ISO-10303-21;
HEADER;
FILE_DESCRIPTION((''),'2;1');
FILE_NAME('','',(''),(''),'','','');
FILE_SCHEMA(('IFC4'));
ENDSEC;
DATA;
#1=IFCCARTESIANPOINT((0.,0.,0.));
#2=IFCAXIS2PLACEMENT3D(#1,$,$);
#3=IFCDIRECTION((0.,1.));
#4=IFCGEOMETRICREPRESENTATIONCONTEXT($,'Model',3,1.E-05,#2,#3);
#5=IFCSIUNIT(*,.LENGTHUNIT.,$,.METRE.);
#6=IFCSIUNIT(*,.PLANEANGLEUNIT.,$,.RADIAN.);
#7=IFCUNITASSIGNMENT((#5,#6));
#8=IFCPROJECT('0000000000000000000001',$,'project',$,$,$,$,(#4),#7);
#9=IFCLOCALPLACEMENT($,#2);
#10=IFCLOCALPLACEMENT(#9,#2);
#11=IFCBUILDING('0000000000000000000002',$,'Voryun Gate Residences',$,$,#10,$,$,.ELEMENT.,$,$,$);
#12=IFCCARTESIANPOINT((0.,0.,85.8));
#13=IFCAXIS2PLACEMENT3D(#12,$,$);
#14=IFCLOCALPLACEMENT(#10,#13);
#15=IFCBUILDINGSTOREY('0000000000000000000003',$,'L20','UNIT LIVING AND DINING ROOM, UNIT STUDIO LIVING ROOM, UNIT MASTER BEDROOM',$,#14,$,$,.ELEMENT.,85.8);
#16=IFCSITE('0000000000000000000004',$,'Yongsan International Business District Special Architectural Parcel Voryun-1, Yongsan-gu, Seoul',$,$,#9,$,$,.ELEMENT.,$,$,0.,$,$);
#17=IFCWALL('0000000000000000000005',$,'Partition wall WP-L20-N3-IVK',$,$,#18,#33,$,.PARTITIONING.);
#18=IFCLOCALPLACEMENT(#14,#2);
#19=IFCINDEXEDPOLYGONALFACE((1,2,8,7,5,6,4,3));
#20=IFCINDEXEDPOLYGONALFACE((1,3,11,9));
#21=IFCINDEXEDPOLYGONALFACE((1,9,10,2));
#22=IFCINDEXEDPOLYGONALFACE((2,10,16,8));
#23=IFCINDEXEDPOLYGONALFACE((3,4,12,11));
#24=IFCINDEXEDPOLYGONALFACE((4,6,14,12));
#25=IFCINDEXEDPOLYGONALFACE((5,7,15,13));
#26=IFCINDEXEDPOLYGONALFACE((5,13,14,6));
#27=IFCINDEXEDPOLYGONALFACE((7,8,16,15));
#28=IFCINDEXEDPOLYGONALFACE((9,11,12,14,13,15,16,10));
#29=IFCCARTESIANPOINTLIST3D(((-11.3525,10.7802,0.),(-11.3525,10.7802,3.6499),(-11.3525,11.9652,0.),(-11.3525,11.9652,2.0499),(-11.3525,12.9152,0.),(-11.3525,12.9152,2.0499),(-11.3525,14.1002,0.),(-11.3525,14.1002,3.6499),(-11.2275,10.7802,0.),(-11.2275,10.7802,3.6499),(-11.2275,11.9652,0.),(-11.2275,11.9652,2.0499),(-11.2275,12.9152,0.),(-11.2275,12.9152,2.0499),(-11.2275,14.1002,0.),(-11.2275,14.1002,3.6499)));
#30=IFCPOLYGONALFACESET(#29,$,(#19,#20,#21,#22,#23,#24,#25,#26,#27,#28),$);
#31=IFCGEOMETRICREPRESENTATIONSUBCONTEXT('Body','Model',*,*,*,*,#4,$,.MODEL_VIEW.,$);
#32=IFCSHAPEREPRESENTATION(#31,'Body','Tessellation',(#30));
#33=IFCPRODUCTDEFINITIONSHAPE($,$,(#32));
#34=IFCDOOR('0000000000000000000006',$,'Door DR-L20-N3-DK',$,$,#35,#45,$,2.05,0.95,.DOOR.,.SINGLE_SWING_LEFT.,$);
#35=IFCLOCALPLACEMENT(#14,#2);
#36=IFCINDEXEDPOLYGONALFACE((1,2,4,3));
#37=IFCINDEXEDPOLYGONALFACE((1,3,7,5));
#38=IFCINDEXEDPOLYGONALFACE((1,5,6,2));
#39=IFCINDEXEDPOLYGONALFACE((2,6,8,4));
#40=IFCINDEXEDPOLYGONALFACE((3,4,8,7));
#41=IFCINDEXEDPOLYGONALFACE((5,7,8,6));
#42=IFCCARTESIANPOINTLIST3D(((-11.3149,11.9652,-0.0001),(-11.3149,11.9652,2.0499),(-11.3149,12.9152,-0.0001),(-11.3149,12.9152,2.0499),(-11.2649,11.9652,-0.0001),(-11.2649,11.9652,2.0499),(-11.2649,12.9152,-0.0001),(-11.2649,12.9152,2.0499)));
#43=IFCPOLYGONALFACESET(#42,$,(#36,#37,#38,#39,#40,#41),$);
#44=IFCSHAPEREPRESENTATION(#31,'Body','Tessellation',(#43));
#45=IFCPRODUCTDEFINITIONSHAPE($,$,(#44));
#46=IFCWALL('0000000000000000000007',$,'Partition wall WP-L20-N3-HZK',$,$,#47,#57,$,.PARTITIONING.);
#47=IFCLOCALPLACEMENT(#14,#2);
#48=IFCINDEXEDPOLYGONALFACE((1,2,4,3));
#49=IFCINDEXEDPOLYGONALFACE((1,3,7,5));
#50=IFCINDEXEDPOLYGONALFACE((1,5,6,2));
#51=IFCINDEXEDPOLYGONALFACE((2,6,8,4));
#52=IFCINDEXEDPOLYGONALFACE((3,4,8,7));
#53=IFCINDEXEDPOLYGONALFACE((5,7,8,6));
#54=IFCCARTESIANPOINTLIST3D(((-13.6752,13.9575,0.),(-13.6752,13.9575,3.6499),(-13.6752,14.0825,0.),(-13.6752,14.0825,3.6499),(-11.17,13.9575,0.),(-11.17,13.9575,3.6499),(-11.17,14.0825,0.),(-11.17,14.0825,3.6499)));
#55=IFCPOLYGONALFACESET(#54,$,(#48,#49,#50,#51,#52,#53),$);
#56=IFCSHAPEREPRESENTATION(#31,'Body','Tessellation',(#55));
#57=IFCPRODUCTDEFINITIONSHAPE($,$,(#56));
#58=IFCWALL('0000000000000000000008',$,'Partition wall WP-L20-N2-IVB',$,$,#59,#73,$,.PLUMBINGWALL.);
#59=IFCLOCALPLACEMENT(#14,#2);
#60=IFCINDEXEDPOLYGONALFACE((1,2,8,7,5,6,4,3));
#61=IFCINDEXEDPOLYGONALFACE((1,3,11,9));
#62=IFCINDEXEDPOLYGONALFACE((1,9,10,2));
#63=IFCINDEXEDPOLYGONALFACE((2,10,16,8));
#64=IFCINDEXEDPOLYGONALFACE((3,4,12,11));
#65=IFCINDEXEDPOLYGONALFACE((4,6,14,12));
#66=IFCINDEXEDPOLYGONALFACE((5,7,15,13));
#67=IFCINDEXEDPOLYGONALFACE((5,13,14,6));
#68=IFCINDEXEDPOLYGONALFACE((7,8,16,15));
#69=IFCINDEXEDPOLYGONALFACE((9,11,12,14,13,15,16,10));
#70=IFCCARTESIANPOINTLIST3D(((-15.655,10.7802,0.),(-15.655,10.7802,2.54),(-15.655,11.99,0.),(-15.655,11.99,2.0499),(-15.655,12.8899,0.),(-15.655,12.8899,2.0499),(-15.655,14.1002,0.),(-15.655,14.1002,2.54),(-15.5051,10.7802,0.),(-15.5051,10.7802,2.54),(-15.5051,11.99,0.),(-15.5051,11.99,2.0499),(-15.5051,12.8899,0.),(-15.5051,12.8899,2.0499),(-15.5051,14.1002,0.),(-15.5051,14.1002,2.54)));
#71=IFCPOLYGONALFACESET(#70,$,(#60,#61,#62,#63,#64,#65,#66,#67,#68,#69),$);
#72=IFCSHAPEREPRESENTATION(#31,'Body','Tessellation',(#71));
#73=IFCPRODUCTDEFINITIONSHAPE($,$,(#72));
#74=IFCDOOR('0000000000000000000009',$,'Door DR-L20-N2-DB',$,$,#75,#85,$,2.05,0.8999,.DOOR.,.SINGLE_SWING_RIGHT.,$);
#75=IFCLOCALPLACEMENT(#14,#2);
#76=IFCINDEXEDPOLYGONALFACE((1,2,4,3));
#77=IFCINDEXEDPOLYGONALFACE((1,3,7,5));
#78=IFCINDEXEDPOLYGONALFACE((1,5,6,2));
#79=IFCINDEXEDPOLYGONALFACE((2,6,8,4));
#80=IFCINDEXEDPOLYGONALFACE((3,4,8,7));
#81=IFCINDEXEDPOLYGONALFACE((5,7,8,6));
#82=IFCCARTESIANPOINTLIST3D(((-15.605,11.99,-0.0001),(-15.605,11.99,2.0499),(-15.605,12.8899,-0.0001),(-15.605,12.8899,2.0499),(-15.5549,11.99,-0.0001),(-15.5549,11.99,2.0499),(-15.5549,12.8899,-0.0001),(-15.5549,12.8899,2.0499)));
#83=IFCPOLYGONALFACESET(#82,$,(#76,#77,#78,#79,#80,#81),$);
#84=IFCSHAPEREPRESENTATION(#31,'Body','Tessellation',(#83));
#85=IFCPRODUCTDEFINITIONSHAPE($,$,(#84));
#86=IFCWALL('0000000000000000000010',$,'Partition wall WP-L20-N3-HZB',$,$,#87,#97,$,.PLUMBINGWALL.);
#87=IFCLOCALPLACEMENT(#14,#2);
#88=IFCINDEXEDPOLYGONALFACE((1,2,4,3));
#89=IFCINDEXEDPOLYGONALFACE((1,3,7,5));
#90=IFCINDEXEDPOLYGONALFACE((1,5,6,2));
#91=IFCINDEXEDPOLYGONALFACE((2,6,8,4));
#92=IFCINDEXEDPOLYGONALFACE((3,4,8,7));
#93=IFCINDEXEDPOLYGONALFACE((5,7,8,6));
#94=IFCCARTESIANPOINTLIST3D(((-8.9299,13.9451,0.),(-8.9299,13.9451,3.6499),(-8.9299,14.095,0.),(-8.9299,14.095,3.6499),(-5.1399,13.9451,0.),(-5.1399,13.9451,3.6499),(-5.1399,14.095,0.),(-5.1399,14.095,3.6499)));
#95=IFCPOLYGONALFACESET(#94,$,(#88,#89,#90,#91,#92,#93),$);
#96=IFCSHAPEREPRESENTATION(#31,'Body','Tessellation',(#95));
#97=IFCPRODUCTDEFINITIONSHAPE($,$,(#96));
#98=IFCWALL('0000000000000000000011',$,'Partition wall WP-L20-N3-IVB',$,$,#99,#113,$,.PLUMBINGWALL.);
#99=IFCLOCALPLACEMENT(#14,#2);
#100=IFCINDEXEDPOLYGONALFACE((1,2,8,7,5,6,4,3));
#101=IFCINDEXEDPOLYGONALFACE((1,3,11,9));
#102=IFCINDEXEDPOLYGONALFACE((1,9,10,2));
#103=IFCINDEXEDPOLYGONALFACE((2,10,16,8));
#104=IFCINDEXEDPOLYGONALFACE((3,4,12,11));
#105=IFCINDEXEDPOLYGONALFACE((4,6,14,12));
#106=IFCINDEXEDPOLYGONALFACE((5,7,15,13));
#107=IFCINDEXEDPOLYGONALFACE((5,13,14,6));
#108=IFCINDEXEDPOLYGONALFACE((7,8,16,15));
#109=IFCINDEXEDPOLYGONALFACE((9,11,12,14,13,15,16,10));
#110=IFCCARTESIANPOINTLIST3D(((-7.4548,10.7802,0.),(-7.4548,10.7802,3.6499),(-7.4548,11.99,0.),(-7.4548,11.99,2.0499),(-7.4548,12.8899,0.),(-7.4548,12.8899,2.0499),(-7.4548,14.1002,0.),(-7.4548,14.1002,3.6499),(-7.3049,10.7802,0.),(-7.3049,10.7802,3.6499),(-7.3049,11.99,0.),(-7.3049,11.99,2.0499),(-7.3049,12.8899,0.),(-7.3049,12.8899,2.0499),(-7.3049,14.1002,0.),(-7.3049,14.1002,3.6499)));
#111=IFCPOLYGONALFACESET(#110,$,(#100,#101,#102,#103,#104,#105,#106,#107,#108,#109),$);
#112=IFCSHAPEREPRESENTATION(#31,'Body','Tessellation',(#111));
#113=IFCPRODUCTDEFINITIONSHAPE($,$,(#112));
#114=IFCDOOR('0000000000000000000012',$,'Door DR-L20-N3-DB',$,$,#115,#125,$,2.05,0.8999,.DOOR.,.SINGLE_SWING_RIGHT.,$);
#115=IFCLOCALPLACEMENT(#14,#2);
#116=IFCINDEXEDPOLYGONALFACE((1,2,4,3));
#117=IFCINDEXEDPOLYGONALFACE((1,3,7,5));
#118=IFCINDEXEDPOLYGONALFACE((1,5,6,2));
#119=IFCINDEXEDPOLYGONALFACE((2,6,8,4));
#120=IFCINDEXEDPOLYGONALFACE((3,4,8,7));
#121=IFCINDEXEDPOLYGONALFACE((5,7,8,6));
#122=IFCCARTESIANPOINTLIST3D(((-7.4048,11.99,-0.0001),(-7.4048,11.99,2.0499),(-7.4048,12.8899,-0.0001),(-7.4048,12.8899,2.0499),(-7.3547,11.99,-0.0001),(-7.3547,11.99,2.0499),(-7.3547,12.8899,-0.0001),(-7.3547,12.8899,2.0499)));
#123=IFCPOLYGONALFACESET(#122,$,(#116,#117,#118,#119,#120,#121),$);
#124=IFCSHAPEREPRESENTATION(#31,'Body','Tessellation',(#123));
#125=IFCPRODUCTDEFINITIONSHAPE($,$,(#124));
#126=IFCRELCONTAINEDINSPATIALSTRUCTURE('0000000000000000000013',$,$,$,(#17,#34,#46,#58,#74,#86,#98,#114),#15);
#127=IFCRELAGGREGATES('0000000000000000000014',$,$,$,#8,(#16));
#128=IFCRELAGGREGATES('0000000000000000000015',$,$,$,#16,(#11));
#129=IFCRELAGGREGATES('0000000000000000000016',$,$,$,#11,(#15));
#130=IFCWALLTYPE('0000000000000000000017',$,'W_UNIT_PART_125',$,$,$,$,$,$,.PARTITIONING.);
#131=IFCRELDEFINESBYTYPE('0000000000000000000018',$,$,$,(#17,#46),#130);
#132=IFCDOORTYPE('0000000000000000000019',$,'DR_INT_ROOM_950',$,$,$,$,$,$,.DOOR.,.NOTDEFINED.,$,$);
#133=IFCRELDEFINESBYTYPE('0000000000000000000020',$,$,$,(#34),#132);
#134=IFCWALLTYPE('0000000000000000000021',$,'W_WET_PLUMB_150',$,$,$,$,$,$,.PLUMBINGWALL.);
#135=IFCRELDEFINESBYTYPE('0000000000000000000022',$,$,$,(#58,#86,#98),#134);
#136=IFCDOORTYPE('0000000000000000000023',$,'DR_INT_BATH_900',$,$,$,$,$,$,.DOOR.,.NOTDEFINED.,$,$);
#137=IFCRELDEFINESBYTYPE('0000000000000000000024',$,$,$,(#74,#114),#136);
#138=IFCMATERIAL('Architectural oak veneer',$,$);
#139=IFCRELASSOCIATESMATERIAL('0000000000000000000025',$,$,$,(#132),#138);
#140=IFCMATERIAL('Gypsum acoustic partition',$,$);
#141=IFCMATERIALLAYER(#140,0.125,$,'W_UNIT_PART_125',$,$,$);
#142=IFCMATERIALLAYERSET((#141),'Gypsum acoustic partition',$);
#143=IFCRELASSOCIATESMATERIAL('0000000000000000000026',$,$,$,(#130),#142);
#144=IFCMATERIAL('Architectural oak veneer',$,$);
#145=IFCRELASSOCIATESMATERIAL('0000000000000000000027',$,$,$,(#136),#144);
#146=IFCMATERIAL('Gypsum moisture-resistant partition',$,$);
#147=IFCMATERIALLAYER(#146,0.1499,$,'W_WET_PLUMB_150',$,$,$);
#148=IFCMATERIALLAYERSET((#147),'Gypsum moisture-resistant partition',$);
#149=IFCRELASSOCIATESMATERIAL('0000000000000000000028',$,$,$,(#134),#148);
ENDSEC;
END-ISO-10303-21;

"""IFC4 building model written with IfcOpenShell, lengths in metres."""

from ifc_helpers import new_model, si_unit, direction, frame, frame_2d, origin, place, context, subcontext, project, spatial, rectangle, extrude, material, layer, layer_set, type_object, element, fill, save


model = new_model("IFC4")

# Units and contexts
model_context = context("Model", 3, precision=1e-05, world=origin(), true_north=direction((0.0, 1.0)))
body_context = subcontext(model_context, "Body", "Model", "MODEL_VIEW")
ifc_project = project(units=[si_unit("LENGTHUNIT", "METRE"), si_unit("PLANEANGLEUNIT", "RADIAN")], contexts=[model_context])

# Site, building, storey
site_placement = place(None, origin())
site = spatial("IfcSite", under=ifc_project, at=site_placement, Name="Yongsan International Business District Special Architectural Parcel Voryun-1, Yongsan-gu, Seoul", CompositionType="ELEMENT", RefElevation=0.0)
building_placement = place(site_placement, origin())
building = spatial("IfcBuilding", under=site, at=building_placement, Name="Voryun Gate Residences", CompositionType="ELEMENT")
storey_placement = place(building_placement, frame((0.0, 0.0, 85.8)))
storey = spatial("IfcBuildingStorey", under=building, at=storey_placement, Name="L20", Description="UNIT LIVING AND DINING ROOM, UNIT STUDIO LIVING ROOM, UNIT MASTER BEDROOM", CompositionType="ELEMENT", Elevation=85.8)

# Shared definitions
ifc_material_1 = material(Name="Architectural oak veneer")
door_type_1 = type_object("IfcDoorType", Name="DR_INT_ROOM_950", OperationType="NOTDEFINED", PredefinedType="DOOR", material=ifc_material_1)

# Wall, opening, door
ifc_material_2 = material(Name="Gypsum acoustic partition")
ifc_layer_1 = layer(ifc_material_2, 0.125, Name="W_UNIT_PART_125")
ifc_layer_set_1 = layer_set([ifc_layer_1], Name="Gypsum acoustic partition")
wall_type_1 = type_object("IfcWallType", Name="W_UNIT_PART_125", PredefinedType="PARTITIONING", material=ifc_layer_set_1)
ifc_material_3 = material(Name="Architectural oak veneer")
door_type_2 = type_object("IfcDoorType", Name="DR_INT_BATH_900", OperationType="NOTDEFINED", PredefinedType="DOOR", material=ifc_material_3)
wall_1_placement = place(storey_placement, frame((-11.29, 10.78, 0.0), z_axis=(0.0, 0.0, 1.0), x_axis=(0.0, 1.0, 0.0)))
wall_1 = element("IfcWall", 1, at=wall_1_placement, inside=storey, type_object=wall_type_1, Name="Partition wall WP-L20-N3-IVK", PredefinedType="PARTITIONING", context=body_context, shape_type="SweptSolid", body=[
    extrude(rectangle(XDim=3.3201, YDim=0.125, at=frame_2d((1.6602, 0.0))), origin(), (0.0, 0.0, 1.0), 3.6499),
])
opening_1_placement = place(wall_1_placement, frame((1.1851, 0.0, 0.0)))
opening_1 = element("IfcOpeningElement", 2, at=opening_1_placement, cuts=wall_1, PredefinedType="OPENING", context=body_context, shape_type="SweptSolid", body=[
    extrude(rectangle(XDim=0.95, YDim=2.05, at=frame_2d((0.4751, 1.0249))), frame((0.0, 0.0725, 0.0), z_axis=(0.0, -1.0, 0.0), x_axis=(1.0, 0.0, 0.0)), (0.0, 0.0, 1.0), 0.145),
])
door_1_placement = place(opening_1_placement, origin())
door_1 = element("IfcDoor", 3, at=door_1_placement, inside=storey, type_object=door_type_1, Name="Door DR-L20-N3-DK", OperationType="SINGLE_SWING_LEFT", OverallHeight=2.05, OverallWidth=0.95, PredefinedType="DOOR", context=body_context, shape_type="SweptSolid", body=[
    extrude(rectangle(XDim=0.95, YDim=2.05, at=frame_2d((0.4751, 1.0249))), frame((0.0, 0.0249, 0.0), z_axis=(0.0, -1.0, 0.0), x_axis=(1.0, 0.0, 0.0)), (0.0, 0.0, 1.0), 0.05),
])
fill(opening_1, door_1)

# Wall
wall_2_placement = place(storey_placement, frame((-13.675, 14.02, 0.0), z_axis=(0.0, 0.0, 1.0), x_axis=(1.0, 0.0, 0.0)))
element("IfcWall", 4, at=wall_2_placement, inside=storey, type_object=wall_type_1, Name="Partition wall WP-L20-N3-HZK", PredefinedType="PARTITIONING", context=body_context, shape_type="SweptSolid", body=[
    extrude(rectangle(XDim=2.5051, YDim=0.125, at=frame_2d((1.2524, 0.0))), origin(), (0.0, 0.0, 1.0), 3.6499),
])

# Wall, opening, door
ifc_material_4 = material(Name="Gypsum moisture-resistant partition")
ifc_layer_2 = layer(ifc_material_4, 0.1499, Name="W_WET_PLUMB_150")
ifc_layer_set_2 = layer_set([ifc_layer_2], Name="Gypsum moisture-resistant partition")
wall_type_2 = type_object("IfcWallType", Name="W_WET_PLUMB_150", PredefinedType="PLUMBINGWALL", material=ifc_layer_set_2)
wall_3_placement = place(storey_placement, frame((-15.5801, 10.78, 0.0), z_axis=(0.0, 0.0, 1.0), x_axis=(0.0, 1.0, 0.0)))
wall_3 = element("IfcWall", 5, at=wall_3_placement, inside=storey, type_object=wall_type_2, Name="Partition wall WP-L20-N2-IVB", PredefinedType="PLUMBINGWALL", context=body_context, shape_type="SweptSolid", body=[
    extrude(rectangle(XDim=3.3201, YDim=0.1499, at=frame_2d((1.6602, 0.0))), origin(), (0.0, 0.0, 1.0), 2.54),
])
opening_2_placement = place(wall_3_placement, frame((1.21, 0.0, 0.0)))
opening_2 = element("IfcOpeningElement", 6, at=opening_2_placement, cuts=wall_3, PredefinedType="OPENING", context=body_context, shape_type="SweptSolid", body=[
    extrude(rectangle(XDim=0.8999, YDim=2.05, at=frame_2d((0.45, 1.0249))), frame((0.0, 0.085, 0.0), z_axis=(0.0, -1.0, 0.0), x_axis=(1.0, 0.0, 0.0)), (0.0, 0.0, 1.0), 0.1699),
])
door_2_placement = place(opening_2_placement, origin())
door_2 = element("IfcDoor", 7, at=door_2_placement, inside=storey, type_object=door_type_2, Name="Door DR-L20-N2-DB", OperationType="SINGLE_SWING_RIGHT", OverallHeight=2.05, OverallWidth=0.8999, PredefinedType="DOOR", context=body_context, shape_type="SweptSolid", body=[
    extrude(rectangle(XDim=0.8999, YDim=2.05, at=frame_2d((0.45, 1.0249))), frame((0.0, 0.0249, 0.0), z_axis=(0.0, -1.0, 0.0), x_axis=(1.0, 0.0, 0.0)), (0.0, 0.0, 1.0), 0.05),
])
fill(opening_2, door_2)

# Wall
wall_4_placement = place(storey_placement, frame((-8.9299, 14.02, 0.0), z_axis=(0.0, 0.0, 1.0), x_axis=(1.0, 0.0, 0.0)))
element("IfcWall", 8, at=wall_4_placement, inside=storey, type_object=wall_type_2, Name="Partition wall WP-L20-N3-HZB", PredefinedType="PLUMBINGWALL", context=body_context, shape_type="SweptSolid", body=[
    extrude(rectangle(XDim=3.79, YDim=0.1499, at=frame_2d((1.895, 0.0))), origin(), (0.0, 0.0, 1.0), 3.6499),
])

# Wall, opening, door
wall_5_placement = place(storey_placement, frame((-7.3799, 10.78, 0.0), z_axis=(0.0, 0.0, 1.0), x_axis=(0.0, 1.0, 0.0)))
wall_5 = element("IfcWall", 9, at=wall_5_placement, inside=storey, type_object=wall_type_2, Name="Partition wall WP-L20-N3-IVB", PredefinedType="PLUMBINGWALL", context=body_context, shape_type="SweptSolid", body=[
    extrude(rectangle(XDim=3.3201, YDim=0.1499, at=frame_2d((1.6602, 0.0))), origin(), (0.0, 0.0, 1.0), 3.6499),
])
opening_3_placement = place(wall_5_placement, frame((1.21, 0.0, 0.0)))
opening_3 = element("IfcOpeningElement", 10, at=opening_3_placement, cuts=wall_5, PredefinedType="OPENING", context=body_context, shape_type="SweptSolid", body=[
    extrude(rectangle(XDim=0.8999, YDim=2.05, at=frame_2d((0.45, 1.0249))), frame((0.0, 0.085, 0.0), z_axis=(0.0, -1.0, 0.0), x_axis=(1.0, 0.0, 0.0)), (0.0, 0.0, 1.0), 0.1699),
])
door_3_placement = place(opening_3_placement, origin())
door_3 = element("IfcDoor", 11, at=door_3_placement, inside=storey, type_object=door_type_2, Name="Door DR-L20-N3-DB", OperationType="SINGLE_SWING_RIGHT", OverallHeight=2.05, OverallWidth=0.8999, PredefinedType="DOOR", context=body_context, shape_type="SweptSolid", body=[
    extrude(rectangle(XDim=0.8999, YDim=2.05, at=frame_2d((0.45, 1.0249))), frame((0.0, 0.0249, 0.0), z_axis=(0.0, -1.0, 0.0), x_axis=(1.0, 0.0, 0.0)), (0.0, 0.0, 1.0), 0.05),
])
fill(opening_3, door_3)

save(model, "model.ifc")
